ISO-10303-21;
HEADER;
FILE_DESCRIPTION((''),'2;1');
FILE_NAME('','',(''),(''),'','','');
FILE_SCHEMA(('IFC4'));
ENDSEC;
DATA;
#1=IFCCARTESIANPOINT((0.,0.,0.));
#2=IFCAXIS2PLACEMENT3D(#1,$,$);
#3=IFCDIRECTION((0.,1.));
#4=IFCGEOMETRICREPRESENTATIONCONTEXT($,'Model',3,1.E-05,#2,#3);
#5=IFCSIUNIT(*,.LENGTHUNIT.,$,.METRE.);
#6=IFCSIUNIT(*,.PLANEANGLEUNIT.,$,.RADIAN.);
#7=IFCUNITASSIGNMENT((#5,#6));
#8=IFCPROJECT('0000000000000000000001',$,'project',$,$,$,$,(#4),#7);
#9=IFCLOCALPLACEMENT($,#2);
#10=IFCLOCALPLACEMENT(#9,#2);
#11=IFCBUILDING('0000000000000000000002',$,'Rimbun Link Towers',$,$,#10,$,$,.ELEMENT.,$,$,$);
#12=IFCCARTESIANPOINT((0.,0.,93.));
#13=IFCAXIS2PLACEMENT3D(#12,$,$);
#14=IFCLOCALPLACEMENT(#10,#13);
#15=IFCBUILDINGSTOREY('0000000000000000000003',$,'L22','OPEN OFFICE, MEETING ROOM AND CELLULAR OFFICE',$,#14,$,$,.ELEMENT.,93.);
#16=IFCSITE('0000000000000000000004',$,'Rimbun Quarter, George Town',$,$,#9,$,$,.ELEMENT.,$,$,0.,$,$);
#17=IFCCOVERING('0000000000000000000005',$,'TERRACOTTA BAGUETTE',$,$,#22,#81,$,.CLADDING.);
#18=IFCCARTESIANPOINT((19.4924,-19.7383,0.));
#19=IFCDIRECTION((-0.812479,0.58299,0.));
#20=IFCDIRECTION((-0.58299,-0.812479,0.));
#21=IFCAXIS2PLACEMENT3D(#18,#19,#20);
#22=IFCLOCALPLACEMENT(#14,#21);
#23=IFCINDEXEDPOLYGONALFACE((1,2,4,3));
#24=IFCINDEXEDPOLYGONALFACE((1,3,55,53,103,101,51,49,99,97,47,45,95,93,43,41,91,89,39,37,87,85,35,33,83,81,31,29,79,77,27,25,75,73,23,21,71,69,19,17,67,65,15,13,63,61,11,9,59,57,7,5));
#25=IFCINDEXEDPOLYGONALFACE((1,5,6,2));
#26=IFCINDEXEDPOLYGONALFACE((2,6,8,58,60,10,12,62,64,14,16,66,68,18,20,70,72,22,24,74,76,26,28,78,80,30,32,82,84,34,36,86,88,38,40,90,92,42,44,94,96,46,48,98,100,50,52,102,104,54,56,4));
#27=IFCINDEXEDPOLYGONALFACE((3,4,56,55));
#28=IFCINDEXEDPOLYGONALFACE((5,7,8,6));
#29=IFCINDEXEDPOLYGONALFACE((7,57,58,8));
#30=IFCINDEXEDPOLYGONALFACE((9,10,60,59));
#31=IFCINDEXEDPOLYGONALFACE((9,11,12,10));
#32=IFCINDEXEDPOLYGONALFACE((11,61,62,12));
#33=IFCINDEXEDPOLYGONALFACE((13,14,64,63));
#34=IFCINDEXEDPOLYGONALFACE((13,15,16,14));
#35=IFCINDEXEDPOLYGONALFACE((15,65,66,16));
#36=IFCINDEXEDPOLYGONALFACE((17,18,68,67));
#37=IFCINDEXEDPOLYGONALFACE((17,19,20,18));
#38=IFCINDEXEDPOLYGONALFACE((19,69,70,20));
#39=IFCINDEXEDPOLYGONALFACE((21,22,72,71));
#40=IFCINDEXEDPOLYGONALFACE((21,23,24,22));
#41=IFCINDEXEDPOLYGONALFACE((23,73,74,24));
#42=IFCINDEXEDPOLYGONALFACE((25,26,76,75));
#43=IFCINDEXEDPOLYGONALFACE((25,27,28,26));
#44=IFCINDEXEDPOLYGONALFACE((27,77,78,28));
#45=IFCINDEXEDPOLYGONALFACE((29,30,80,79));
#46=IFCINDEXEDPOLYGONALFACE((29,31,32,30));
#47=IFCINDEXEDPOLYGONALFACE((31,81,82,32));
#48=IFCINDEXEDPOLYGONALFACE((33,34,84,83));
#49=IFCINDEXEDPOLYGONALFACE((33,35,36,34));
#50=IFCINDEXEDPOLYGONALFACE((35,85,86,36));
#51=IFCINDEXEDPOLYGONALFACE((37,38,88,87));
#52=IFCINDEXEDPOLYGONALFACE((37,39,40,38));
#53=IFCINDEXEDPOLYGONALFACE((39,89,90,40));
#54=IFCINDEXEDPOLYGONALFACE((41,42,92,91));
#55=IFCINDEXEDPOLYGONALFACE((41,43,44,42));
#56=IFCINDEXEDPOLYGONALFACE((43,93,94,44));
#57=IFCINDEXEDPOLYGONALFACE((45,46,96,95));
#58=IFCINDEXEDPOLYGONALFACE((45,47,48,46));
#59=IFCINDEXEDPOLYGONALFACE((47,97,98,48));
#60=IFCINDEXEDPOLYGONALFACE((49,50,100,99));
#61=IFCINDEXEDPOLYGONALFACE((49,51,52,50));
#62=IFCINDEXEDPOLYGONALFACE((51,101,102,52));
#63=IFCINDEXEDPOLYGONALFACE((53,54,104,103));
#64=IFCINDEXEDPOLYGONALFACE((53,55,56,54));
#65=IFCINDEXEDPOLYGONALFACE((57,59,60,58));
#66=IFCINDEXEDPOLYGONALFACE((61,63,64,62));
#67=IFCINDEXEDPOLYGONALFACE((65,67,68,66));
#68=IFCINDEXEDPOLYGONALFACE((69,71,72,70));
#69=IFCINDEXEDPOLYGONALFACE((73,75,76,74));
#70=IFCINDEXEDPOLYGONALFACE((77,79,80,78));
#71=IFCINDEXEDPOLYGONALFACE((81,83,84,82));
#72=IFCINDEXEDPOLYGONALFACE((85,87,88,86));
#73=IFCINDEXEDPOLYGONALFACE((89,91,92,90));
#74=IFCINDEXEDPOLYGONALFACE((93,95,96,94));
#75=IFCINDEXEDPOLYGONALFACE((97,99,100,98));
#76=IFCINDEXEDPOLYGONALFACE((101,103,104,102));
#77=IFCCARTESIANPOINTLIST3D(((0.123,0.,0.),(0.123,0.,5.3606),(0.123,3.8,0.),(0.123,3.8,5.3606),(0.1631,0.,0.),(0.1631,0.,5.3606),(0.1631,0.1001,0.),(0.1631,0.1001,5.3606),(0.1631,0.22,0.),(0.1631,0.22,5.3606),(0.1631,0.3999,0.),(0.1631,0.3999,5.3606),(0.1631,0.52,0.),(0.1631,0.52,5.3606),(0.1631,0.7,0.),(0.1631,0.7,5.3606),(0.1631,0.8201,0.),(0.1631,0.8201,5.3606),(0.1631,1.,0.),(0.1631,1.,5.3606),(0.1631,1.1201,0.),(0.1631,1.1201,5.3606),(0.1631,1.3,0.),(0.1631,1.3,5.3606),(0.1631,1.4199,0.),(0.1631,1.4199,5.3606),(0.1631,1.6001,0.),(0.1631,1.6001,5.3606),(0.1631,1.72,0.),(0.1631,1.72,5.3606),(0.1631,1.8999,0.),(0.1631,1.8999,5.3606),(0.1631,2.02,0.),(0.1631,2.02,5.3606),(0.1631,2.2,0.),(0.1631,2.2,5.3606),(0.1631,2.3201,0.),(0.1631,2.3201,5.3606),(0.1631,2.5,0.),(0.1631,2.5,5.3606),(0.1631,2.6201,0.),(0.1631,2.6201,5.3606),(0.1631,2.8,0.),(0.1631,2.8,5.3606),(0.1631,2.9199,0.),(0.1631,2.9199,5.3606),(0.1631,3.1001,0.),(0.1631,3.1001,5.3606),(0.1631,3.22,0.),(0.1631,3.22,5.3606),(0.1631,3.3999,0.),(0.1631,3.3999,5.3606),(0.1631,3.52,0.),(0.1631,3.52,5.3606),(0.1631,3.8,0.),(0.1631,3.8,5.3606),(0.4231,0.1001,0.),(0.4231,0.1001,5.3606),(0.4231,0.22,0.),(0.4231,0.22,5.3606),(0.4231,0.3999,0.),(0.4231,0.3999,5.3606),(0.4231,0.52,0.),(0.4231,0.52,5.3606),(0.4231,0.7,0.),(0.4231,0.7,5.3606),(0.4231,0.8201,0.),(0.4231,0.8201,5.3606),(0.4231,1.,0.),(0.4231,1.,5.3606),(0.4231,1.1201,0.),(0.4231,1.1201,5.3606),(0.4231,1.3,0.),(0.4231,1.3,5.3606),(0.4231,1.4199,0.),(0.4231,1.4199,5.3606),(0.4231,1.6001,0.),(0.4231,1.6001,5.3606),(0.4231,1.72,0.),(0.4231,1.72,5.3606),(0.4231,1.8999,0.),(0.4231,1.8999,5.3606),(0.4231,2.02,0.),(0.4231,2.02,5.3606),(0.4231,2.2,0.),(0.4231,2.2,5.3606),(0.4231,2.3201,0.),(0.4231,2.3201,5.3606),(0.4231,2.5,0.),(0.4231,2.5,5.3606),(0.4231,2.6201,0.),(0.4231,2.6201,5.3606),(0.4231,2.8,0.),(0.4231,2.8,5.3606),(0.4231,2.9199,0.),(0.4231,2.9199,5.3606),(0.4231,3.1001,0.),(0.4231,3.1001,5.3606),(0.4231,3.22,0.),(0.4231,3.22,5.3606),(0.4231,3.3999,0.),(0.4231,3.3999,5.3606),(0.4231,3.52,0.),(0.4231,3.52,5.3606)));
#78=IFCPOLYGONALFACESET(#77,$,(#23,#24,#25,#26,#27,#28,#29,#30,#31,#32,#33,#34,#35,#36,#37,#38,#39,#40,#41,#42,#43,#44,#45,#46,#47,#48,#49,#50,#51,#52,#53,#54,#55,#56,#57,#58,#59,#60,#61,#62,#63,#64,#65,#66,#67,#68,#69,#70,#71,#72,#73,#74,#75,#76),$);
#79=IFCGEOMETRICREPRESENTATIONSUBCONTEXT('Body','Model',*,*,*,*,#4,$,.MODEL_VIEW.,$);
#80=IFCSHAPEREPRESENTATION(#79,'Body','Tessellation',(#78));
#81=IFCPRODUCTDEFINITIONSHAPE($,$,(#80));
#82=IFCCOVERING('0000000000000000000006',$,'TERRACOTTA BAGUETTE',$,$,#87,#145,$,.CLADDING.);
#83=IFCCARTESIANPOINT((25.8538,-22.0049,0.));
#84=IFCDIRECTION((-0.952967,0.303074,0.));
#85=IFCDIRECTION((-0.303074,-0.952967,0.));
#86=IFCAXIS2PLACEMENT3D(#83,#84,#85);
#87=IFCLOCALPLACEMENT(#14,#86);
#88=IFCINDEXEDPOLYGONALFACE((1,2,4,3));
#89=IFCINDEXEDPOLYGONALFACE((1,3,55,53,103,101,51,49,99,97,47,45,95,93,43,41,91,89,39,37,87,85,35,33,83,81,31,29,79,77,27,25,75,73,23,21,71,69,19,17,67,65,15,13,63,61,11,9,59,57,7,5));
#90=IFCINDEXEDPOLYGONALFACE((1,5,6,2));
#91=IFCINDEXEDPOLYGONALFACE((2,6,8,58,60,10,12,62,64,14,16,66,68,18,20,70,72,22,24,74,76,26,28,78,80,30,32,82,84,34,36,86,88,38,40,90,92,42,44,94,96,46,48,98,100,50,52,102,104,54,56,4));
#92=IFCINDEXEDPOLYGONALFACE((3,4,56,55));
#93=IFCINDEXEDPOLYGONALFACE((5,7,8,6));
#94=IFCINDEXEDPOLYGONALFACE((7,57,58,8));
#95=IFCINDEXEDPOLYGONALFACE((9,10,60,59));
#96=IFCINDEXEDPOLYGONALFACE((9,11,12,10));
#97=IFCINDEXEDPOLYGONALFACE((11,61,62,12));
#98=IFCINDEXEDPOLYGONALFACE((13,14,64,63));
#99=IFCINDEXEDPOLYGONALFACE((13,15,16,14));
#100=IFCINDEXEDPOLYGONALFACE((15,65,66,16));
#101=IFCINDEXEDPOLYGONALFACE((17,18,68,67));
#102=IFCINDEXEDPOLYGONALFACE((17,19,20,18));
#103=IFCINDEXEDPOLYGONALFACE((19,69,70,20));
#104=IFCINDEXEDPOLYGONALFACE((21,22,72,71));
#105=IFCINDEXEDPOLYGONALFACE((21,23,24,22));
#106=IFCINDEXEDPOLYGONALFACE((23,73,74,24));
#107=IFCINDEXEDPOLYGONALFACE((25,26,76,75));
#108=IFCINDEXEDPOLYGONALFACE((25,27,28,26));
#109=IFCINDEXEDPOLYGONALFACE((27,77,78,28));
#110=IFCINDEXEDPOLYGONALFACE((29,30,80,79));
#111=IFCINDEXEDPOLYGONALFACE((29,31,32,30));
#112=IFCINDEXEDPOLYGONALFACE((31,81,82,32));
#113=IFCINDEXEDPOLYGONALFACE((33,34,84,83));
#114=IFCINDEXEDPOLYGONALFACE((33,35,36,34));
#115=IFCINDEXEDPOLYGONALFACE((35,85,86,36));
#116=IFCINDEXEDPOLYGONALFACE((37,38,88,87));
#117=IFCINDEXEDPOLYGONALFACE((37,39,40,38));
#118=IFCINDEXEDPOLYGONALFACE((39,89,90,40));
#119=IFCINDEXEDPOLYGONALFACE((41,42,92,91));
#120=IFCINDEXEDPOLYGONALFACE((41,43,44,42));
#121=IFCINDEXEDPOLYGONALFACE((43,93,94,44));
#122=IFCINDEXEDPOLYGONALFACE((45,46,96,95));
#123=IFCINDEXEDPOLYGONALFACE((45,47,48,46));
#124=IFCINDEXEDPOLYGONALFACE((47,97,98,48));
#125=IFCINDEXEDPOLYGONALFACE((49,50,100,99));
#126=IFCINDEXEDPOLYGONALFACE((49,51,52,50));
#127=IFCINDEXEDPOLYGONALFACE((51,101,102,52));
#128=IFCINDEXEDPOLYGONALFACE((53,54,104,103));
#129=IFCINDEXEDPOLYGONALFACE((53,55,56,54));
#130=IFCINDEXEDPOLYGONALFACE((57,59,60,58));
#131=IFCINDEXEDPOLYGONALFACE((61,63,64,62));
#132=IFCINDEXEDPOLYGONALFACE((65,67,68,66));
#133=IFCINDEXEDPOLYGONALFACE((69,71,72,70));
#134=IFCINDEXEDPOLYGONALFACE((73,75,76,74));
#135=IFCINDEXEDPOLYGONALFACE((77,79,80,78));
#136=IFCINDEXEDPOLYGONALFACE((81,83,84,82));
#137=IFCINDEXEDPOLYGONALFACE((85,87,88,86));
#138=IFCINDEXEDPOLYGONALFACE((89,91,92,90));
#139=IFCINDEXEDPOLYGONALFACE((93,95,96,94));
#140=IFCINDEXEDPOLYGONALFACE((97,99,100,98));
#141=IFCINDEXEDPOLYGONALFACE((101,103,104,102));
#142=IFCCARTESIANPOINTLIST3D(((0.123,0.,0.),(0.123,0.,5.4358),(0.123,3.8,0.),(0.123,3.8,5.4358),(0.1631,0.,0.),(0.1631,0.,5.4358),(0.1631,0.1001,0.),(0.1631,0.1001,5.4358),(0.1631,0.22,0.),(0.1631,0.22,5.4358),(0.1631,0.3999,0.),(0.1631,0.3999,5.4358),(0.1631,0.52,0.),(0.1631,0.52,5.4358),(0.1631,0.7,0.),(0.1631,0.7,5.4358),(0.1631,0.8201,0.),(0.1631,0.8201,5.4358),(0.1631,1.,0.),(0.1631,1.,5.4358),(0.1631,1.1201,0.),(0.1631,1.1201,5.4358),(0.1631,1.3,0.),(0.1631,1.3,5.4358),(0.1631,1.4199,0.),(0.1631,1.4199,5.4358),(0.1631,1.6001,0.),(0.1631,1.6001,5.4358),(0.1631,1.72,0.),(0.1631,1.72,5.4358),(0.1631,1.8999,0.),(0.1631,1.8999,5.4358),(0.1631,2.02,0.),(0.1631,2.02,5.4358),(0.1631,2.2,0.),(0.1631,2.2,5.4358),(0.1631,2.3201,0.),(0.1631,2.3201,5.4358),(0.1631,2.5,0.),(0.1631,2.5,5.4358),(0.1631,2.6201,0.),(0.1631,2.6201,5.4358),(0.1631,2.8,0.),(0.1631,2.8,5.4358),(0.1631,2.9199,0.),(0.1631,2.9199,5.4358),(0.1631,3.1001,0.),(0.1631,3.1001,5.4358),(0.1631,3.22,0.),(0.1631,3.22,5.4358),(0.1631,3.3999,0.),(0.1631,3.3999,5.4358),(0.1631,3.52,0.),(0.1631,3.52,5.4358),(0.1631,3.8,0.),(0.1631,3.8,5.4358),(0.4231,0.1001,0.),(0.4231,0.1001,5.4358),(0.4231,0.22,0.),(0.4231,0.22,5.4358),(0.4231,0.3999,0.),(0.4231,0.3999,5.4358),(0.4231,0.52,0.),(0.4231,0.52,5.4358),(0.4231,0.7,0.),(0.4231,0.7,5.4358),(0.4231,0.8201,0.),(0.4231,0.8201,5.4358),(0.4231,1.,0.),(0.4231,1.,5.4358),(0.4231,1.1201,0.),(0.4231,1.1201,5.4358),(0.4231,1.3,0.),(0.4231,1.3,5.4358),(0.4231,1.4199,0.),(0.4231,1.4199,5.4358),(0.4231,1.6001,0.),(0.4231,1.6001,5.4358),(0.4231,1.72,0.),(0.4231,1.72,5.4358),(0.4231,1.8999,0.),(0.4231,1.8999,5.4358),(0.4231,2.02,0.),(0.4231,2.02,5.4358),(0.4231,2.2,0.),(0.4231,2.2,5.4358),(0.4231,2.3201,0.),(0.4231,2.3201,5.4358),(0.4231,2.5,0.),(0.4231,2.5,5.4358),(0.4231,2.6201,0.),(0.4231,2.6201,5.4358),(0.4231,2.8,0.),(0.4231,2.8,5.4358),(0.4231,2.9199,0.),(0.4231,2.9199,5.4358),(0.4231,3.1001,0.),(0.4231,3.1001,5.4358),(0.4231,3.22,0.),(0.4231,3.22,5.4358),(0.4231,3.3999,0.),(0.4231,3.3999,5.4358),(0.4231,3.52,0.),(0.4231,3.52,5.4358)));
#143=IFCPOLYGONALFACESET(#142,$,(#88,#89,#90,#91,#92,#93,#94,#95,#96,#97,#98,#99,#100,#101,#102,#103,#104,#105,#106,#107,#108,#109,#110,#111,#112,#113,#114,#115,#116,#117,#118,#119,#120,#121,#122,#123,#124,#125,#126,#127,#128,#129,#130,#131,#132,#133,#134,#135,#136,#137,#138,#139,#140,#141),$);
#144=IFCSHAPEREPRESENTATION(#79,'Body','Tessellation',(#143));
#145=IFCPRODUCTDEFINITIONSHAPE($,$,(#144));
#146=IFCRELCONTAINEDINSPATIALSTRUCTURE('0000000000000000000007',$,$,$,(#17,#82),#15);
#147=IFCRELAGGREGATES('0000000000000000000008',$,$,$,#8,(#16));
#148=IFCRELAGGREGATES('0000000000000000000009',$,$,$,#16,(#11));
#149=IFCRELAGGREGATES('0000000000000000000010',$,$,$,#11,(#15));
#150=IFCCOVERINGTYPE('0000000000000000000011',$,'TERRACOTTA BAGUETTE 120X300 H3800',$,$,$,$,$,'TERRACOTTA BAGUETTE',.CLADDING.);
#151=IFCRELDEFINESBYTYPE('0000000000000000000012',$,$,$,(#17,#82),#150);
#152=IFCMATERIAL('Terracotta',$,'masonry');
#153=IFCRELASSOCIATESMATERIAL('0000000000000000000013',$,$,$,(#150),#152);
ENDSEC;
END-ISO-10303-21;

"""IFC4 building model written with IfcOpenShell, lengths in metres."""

from ifc_helpers import new_model, si_unit, direction, frame, origin, place, context, subcontext, project, spatial, polyline, outline, extrude, material, material_profile, profile_set, type_object, element, save


model = new_model("IFC4")

# Units and contexts
model_context = context("Model", 3, precision=1e-05, world=origin(), true_north=direction((0.0, 1.0)))
body_context = subcontext(model_context, "Body", "Model", "MODEL_VIEW")
ifc_project = project(units=[si_unit("LENGTHUNIT", "METRE"), si_unit("PLANEANGLEUNIT", "RADIAN")], contexts=[model_context])

# Site, building, storey
site_placement = place(None, origin())
site = spatial("IfcSite", under=ifc_project, at=site_placement, Name="Rimbun Quarter, George Town", CompositionType="ELEMENT", RefElevation=0.0)
building_placement = place(site_placement, origin())
building = spatial("IfcBuilding", under=site, at=building_placement, Name="Rimbun Link Towers", CompositionType="ELEMENT")
storey_placement = place(building_placement, frame((0.0, 0.0, 93.0)))
storey = spatial("IfcBuildingStorey", under=building, at=storey_placement, Name="L22", Description="OPEN OFFICE, MEETING ROOM AND CELLULAR OFFICE", CompositionType="ELEMENT", Elevation=93.0)

# Coverings
ifc_material_1 = material(Name="Terracotta", Category="masonry")
ifc_material_profile_1 = material_profile(ifc_material_1, outline(polyline([(0.123, 0.0), (0.1631, 0.0), (0.1631, 0.1001), (0.4231, 0.1001), (0.4231, 0.22), (0.1631, 0.22), (0.1631, 0.3999), (0.4231, 0.3999), (0.4231, 0.52), (0.1631, 0.52), (0.1631, 0.7), (0.4231, 0.7), (0.4231, 0.8201), (0.1631, 0.8201), (0.1631, 1.0), (0.4231, 1.0), (0.4231, 1.1201), (0.1631, 1.1201), (0.1631, 1.3), (0.4231, 1.3), (0.4231, 1.4199), (0.1631, 1.4199), (0.1631, 1.6001), (0.4231, 1.6001), (0.4231, 1.72), (0.1631, 1.72), (0.1631, 1.8999), (0.4231, 1.8999), (0.4231, 2.02), (0.1631, 2.02), (0.1631, 2.2), (0.4231, 2.2), (0.4231, 2.3201), (0.1631, 2.3201), (0.1631, 2.5), (0.4231, 2.5), (0.4231, 2.6201), (0.1631, 2.6201), (0.1631, 2.8), (0.4231, 2.8), (0.4231, 2.9199), (0.1631, 2.9199), (0.1631, 3.1001), (0.4231, 3.1001), (0.4231, 3.22), (0.1631, 3.22), (0.1631, 3.3999), (0.4231, 3.3999), (0.4231, 3.52), (0.1631, 3.52), (0.1631, 3.8), (0.123, 3.8), (0.123, 0.0)])), Name="BAGUETTE 120X300")
ifc_profile_set_1 = profile_set([ifc_material_profile_1], Name="Terracotta")
covering_type = type_object("IfcCoveringType", Name="TERRACOTTA BAGUETTE 120X300 H3800", ElementType="TERRACOTTA BAGUETTE", PredefinedType="CLADDING", material=ifc_profile_set_1)
covering_1_placement = place(storey_placement, frame((19.4924, -19.7383, 0.0), z_axis=(-0.812479, 0.58299, 0.0), x_axis=(-0.58299, -0.812479, 0.0)))
element("IfcCovering", 1, at=covering_1_placement, inside=storey, type_object=covering_type, Name="TERRACOTTA BAGUETTE", PredefinedType="CLADDING", context=body_context, shape_type="SweptSolid", body=[
    extrude(outline(polyline([(0.123, 0.0), (0.1631, 0.0), (0.1631, 0.1001), (0.4231, 0.1001), (0.4231, 0.22), (0.1631, 0.22), (0.1631, 0.3999), (0.4231, 0.3999), (0.4231, 0.52), (0.1631, 0.52), (0.1631, 0.7), (0.4231, 0.7), (0.4231, 0.8201), (0.1631, 0.8201), (0.1631, 1.0), (0.4231, 1.0), (0.4231, 1.1201), (0.1631, 1.1201), (0.1631, 1.3), (0.4231, 1.3), (0.4231, 1.4199), (0.1631, 1.4199), (0.1631, 1.6001), (0.4231, 1.6001), (0.4231, 1.72), (0.1631, 1.72), (0.1631, 1.8999), (0.4231, 1.8999), (0.4231, 2.02), (0.1631, 2.02), (0.1631, 2.2), (0.4231, 2.2), (0.4231, 2.3201), (0.1631, 2.3201), (0.1631, 2.5), (0.4231, 2.5), (0.4231, 2.6201), (0.1631, 2.6201), (0.1631, 2.8), (0.4231, 2.8), (0.4231, 2.9199), (0.1631, 2.9199), (0.1631, 3.1001), (0.4231, 3.1001), (0.4231, 3.22), (0.1631, 3.22), (0.1631, 3.3999), (0.4231, 3.3999), (0.4231, 3.52), (0.1631, 3.52), (0.1631, 3.8), (0.123, 3.8), (0.123, 0.0)])), origin(), (0.0, 0.0, 1.0), 5.3606),
])
covering_2_placement = place(storey_placement, frame((25.8538, -22.0049, 0.0), z_axis=(-0.952967, 0.303074, 0.0), x_axis=(-0.303074, -0.952967, 0.0)))
element("IfcCovering", 2, at=covering_2_placement, inside=storey, type_object=covering_type, Name="TERRACOTTA BAGUETTE", PredefinedType="CLADDING", context=body_context, shape_type="SweptSolid", body=[
    extrude(outline(polyline([(0.123, 0.0), (0.1631, 0.0), (0.1631, 0.1001), (0.4231, 0.1001), (0.4231, 0.22), (0.1631, 0.22), (0.1631, 0.3999), (0.4231, 0.3999), (0.4231, 0.52), (0.1631, 0.52), (0.1631, 0.7), (0.4231, 0.7), (0.4231, 0.8201), (0.1631, 0.8201), (0.1631, 1.0), (0.4231, 1.0), (0.4231, 1.1201), (0.1631, 1.1201), (0.1631, 1.3), (0.4231, 1.3), (0.4231, 1.4199), (0.1631, 1.4199), (0.1631, 1.6001), (0.4231, 1.6001), (0.4231, 1.72), (0.1631, 1.72), (0.1631, 1.8999), (0.4231, 1.8999), (0.4231, 2.02), (0.1631, 2.02), (0.1631, 2.2), (0.4231, 2.2), (0.4231, 2.3201), (0.1631, 2.3201), (0.1631, 2.5), (0.4231, 2.5), (0.4231, 2.6201), (0.1631, 2.6201), (0.1631, 2.8), (0.4231, 2.8), (0.4231, 2.9199), (0.1631, 2.9199), (0.1631, 3.1001), (0.4231, 3.1001), (0.4231, 3.22), (0.1631, 3.22), (0.1631, 3.3999), (0.4231, 3.3999), (0.4231, 3.52), (0.1631, 3.52), (0.1631, 3.8), (0.123, 3.8), (0.123, 0.0)])), origin(), (0.0, 0.0, 1.0), 5.4358),
])

save(model, "model.ifc")
